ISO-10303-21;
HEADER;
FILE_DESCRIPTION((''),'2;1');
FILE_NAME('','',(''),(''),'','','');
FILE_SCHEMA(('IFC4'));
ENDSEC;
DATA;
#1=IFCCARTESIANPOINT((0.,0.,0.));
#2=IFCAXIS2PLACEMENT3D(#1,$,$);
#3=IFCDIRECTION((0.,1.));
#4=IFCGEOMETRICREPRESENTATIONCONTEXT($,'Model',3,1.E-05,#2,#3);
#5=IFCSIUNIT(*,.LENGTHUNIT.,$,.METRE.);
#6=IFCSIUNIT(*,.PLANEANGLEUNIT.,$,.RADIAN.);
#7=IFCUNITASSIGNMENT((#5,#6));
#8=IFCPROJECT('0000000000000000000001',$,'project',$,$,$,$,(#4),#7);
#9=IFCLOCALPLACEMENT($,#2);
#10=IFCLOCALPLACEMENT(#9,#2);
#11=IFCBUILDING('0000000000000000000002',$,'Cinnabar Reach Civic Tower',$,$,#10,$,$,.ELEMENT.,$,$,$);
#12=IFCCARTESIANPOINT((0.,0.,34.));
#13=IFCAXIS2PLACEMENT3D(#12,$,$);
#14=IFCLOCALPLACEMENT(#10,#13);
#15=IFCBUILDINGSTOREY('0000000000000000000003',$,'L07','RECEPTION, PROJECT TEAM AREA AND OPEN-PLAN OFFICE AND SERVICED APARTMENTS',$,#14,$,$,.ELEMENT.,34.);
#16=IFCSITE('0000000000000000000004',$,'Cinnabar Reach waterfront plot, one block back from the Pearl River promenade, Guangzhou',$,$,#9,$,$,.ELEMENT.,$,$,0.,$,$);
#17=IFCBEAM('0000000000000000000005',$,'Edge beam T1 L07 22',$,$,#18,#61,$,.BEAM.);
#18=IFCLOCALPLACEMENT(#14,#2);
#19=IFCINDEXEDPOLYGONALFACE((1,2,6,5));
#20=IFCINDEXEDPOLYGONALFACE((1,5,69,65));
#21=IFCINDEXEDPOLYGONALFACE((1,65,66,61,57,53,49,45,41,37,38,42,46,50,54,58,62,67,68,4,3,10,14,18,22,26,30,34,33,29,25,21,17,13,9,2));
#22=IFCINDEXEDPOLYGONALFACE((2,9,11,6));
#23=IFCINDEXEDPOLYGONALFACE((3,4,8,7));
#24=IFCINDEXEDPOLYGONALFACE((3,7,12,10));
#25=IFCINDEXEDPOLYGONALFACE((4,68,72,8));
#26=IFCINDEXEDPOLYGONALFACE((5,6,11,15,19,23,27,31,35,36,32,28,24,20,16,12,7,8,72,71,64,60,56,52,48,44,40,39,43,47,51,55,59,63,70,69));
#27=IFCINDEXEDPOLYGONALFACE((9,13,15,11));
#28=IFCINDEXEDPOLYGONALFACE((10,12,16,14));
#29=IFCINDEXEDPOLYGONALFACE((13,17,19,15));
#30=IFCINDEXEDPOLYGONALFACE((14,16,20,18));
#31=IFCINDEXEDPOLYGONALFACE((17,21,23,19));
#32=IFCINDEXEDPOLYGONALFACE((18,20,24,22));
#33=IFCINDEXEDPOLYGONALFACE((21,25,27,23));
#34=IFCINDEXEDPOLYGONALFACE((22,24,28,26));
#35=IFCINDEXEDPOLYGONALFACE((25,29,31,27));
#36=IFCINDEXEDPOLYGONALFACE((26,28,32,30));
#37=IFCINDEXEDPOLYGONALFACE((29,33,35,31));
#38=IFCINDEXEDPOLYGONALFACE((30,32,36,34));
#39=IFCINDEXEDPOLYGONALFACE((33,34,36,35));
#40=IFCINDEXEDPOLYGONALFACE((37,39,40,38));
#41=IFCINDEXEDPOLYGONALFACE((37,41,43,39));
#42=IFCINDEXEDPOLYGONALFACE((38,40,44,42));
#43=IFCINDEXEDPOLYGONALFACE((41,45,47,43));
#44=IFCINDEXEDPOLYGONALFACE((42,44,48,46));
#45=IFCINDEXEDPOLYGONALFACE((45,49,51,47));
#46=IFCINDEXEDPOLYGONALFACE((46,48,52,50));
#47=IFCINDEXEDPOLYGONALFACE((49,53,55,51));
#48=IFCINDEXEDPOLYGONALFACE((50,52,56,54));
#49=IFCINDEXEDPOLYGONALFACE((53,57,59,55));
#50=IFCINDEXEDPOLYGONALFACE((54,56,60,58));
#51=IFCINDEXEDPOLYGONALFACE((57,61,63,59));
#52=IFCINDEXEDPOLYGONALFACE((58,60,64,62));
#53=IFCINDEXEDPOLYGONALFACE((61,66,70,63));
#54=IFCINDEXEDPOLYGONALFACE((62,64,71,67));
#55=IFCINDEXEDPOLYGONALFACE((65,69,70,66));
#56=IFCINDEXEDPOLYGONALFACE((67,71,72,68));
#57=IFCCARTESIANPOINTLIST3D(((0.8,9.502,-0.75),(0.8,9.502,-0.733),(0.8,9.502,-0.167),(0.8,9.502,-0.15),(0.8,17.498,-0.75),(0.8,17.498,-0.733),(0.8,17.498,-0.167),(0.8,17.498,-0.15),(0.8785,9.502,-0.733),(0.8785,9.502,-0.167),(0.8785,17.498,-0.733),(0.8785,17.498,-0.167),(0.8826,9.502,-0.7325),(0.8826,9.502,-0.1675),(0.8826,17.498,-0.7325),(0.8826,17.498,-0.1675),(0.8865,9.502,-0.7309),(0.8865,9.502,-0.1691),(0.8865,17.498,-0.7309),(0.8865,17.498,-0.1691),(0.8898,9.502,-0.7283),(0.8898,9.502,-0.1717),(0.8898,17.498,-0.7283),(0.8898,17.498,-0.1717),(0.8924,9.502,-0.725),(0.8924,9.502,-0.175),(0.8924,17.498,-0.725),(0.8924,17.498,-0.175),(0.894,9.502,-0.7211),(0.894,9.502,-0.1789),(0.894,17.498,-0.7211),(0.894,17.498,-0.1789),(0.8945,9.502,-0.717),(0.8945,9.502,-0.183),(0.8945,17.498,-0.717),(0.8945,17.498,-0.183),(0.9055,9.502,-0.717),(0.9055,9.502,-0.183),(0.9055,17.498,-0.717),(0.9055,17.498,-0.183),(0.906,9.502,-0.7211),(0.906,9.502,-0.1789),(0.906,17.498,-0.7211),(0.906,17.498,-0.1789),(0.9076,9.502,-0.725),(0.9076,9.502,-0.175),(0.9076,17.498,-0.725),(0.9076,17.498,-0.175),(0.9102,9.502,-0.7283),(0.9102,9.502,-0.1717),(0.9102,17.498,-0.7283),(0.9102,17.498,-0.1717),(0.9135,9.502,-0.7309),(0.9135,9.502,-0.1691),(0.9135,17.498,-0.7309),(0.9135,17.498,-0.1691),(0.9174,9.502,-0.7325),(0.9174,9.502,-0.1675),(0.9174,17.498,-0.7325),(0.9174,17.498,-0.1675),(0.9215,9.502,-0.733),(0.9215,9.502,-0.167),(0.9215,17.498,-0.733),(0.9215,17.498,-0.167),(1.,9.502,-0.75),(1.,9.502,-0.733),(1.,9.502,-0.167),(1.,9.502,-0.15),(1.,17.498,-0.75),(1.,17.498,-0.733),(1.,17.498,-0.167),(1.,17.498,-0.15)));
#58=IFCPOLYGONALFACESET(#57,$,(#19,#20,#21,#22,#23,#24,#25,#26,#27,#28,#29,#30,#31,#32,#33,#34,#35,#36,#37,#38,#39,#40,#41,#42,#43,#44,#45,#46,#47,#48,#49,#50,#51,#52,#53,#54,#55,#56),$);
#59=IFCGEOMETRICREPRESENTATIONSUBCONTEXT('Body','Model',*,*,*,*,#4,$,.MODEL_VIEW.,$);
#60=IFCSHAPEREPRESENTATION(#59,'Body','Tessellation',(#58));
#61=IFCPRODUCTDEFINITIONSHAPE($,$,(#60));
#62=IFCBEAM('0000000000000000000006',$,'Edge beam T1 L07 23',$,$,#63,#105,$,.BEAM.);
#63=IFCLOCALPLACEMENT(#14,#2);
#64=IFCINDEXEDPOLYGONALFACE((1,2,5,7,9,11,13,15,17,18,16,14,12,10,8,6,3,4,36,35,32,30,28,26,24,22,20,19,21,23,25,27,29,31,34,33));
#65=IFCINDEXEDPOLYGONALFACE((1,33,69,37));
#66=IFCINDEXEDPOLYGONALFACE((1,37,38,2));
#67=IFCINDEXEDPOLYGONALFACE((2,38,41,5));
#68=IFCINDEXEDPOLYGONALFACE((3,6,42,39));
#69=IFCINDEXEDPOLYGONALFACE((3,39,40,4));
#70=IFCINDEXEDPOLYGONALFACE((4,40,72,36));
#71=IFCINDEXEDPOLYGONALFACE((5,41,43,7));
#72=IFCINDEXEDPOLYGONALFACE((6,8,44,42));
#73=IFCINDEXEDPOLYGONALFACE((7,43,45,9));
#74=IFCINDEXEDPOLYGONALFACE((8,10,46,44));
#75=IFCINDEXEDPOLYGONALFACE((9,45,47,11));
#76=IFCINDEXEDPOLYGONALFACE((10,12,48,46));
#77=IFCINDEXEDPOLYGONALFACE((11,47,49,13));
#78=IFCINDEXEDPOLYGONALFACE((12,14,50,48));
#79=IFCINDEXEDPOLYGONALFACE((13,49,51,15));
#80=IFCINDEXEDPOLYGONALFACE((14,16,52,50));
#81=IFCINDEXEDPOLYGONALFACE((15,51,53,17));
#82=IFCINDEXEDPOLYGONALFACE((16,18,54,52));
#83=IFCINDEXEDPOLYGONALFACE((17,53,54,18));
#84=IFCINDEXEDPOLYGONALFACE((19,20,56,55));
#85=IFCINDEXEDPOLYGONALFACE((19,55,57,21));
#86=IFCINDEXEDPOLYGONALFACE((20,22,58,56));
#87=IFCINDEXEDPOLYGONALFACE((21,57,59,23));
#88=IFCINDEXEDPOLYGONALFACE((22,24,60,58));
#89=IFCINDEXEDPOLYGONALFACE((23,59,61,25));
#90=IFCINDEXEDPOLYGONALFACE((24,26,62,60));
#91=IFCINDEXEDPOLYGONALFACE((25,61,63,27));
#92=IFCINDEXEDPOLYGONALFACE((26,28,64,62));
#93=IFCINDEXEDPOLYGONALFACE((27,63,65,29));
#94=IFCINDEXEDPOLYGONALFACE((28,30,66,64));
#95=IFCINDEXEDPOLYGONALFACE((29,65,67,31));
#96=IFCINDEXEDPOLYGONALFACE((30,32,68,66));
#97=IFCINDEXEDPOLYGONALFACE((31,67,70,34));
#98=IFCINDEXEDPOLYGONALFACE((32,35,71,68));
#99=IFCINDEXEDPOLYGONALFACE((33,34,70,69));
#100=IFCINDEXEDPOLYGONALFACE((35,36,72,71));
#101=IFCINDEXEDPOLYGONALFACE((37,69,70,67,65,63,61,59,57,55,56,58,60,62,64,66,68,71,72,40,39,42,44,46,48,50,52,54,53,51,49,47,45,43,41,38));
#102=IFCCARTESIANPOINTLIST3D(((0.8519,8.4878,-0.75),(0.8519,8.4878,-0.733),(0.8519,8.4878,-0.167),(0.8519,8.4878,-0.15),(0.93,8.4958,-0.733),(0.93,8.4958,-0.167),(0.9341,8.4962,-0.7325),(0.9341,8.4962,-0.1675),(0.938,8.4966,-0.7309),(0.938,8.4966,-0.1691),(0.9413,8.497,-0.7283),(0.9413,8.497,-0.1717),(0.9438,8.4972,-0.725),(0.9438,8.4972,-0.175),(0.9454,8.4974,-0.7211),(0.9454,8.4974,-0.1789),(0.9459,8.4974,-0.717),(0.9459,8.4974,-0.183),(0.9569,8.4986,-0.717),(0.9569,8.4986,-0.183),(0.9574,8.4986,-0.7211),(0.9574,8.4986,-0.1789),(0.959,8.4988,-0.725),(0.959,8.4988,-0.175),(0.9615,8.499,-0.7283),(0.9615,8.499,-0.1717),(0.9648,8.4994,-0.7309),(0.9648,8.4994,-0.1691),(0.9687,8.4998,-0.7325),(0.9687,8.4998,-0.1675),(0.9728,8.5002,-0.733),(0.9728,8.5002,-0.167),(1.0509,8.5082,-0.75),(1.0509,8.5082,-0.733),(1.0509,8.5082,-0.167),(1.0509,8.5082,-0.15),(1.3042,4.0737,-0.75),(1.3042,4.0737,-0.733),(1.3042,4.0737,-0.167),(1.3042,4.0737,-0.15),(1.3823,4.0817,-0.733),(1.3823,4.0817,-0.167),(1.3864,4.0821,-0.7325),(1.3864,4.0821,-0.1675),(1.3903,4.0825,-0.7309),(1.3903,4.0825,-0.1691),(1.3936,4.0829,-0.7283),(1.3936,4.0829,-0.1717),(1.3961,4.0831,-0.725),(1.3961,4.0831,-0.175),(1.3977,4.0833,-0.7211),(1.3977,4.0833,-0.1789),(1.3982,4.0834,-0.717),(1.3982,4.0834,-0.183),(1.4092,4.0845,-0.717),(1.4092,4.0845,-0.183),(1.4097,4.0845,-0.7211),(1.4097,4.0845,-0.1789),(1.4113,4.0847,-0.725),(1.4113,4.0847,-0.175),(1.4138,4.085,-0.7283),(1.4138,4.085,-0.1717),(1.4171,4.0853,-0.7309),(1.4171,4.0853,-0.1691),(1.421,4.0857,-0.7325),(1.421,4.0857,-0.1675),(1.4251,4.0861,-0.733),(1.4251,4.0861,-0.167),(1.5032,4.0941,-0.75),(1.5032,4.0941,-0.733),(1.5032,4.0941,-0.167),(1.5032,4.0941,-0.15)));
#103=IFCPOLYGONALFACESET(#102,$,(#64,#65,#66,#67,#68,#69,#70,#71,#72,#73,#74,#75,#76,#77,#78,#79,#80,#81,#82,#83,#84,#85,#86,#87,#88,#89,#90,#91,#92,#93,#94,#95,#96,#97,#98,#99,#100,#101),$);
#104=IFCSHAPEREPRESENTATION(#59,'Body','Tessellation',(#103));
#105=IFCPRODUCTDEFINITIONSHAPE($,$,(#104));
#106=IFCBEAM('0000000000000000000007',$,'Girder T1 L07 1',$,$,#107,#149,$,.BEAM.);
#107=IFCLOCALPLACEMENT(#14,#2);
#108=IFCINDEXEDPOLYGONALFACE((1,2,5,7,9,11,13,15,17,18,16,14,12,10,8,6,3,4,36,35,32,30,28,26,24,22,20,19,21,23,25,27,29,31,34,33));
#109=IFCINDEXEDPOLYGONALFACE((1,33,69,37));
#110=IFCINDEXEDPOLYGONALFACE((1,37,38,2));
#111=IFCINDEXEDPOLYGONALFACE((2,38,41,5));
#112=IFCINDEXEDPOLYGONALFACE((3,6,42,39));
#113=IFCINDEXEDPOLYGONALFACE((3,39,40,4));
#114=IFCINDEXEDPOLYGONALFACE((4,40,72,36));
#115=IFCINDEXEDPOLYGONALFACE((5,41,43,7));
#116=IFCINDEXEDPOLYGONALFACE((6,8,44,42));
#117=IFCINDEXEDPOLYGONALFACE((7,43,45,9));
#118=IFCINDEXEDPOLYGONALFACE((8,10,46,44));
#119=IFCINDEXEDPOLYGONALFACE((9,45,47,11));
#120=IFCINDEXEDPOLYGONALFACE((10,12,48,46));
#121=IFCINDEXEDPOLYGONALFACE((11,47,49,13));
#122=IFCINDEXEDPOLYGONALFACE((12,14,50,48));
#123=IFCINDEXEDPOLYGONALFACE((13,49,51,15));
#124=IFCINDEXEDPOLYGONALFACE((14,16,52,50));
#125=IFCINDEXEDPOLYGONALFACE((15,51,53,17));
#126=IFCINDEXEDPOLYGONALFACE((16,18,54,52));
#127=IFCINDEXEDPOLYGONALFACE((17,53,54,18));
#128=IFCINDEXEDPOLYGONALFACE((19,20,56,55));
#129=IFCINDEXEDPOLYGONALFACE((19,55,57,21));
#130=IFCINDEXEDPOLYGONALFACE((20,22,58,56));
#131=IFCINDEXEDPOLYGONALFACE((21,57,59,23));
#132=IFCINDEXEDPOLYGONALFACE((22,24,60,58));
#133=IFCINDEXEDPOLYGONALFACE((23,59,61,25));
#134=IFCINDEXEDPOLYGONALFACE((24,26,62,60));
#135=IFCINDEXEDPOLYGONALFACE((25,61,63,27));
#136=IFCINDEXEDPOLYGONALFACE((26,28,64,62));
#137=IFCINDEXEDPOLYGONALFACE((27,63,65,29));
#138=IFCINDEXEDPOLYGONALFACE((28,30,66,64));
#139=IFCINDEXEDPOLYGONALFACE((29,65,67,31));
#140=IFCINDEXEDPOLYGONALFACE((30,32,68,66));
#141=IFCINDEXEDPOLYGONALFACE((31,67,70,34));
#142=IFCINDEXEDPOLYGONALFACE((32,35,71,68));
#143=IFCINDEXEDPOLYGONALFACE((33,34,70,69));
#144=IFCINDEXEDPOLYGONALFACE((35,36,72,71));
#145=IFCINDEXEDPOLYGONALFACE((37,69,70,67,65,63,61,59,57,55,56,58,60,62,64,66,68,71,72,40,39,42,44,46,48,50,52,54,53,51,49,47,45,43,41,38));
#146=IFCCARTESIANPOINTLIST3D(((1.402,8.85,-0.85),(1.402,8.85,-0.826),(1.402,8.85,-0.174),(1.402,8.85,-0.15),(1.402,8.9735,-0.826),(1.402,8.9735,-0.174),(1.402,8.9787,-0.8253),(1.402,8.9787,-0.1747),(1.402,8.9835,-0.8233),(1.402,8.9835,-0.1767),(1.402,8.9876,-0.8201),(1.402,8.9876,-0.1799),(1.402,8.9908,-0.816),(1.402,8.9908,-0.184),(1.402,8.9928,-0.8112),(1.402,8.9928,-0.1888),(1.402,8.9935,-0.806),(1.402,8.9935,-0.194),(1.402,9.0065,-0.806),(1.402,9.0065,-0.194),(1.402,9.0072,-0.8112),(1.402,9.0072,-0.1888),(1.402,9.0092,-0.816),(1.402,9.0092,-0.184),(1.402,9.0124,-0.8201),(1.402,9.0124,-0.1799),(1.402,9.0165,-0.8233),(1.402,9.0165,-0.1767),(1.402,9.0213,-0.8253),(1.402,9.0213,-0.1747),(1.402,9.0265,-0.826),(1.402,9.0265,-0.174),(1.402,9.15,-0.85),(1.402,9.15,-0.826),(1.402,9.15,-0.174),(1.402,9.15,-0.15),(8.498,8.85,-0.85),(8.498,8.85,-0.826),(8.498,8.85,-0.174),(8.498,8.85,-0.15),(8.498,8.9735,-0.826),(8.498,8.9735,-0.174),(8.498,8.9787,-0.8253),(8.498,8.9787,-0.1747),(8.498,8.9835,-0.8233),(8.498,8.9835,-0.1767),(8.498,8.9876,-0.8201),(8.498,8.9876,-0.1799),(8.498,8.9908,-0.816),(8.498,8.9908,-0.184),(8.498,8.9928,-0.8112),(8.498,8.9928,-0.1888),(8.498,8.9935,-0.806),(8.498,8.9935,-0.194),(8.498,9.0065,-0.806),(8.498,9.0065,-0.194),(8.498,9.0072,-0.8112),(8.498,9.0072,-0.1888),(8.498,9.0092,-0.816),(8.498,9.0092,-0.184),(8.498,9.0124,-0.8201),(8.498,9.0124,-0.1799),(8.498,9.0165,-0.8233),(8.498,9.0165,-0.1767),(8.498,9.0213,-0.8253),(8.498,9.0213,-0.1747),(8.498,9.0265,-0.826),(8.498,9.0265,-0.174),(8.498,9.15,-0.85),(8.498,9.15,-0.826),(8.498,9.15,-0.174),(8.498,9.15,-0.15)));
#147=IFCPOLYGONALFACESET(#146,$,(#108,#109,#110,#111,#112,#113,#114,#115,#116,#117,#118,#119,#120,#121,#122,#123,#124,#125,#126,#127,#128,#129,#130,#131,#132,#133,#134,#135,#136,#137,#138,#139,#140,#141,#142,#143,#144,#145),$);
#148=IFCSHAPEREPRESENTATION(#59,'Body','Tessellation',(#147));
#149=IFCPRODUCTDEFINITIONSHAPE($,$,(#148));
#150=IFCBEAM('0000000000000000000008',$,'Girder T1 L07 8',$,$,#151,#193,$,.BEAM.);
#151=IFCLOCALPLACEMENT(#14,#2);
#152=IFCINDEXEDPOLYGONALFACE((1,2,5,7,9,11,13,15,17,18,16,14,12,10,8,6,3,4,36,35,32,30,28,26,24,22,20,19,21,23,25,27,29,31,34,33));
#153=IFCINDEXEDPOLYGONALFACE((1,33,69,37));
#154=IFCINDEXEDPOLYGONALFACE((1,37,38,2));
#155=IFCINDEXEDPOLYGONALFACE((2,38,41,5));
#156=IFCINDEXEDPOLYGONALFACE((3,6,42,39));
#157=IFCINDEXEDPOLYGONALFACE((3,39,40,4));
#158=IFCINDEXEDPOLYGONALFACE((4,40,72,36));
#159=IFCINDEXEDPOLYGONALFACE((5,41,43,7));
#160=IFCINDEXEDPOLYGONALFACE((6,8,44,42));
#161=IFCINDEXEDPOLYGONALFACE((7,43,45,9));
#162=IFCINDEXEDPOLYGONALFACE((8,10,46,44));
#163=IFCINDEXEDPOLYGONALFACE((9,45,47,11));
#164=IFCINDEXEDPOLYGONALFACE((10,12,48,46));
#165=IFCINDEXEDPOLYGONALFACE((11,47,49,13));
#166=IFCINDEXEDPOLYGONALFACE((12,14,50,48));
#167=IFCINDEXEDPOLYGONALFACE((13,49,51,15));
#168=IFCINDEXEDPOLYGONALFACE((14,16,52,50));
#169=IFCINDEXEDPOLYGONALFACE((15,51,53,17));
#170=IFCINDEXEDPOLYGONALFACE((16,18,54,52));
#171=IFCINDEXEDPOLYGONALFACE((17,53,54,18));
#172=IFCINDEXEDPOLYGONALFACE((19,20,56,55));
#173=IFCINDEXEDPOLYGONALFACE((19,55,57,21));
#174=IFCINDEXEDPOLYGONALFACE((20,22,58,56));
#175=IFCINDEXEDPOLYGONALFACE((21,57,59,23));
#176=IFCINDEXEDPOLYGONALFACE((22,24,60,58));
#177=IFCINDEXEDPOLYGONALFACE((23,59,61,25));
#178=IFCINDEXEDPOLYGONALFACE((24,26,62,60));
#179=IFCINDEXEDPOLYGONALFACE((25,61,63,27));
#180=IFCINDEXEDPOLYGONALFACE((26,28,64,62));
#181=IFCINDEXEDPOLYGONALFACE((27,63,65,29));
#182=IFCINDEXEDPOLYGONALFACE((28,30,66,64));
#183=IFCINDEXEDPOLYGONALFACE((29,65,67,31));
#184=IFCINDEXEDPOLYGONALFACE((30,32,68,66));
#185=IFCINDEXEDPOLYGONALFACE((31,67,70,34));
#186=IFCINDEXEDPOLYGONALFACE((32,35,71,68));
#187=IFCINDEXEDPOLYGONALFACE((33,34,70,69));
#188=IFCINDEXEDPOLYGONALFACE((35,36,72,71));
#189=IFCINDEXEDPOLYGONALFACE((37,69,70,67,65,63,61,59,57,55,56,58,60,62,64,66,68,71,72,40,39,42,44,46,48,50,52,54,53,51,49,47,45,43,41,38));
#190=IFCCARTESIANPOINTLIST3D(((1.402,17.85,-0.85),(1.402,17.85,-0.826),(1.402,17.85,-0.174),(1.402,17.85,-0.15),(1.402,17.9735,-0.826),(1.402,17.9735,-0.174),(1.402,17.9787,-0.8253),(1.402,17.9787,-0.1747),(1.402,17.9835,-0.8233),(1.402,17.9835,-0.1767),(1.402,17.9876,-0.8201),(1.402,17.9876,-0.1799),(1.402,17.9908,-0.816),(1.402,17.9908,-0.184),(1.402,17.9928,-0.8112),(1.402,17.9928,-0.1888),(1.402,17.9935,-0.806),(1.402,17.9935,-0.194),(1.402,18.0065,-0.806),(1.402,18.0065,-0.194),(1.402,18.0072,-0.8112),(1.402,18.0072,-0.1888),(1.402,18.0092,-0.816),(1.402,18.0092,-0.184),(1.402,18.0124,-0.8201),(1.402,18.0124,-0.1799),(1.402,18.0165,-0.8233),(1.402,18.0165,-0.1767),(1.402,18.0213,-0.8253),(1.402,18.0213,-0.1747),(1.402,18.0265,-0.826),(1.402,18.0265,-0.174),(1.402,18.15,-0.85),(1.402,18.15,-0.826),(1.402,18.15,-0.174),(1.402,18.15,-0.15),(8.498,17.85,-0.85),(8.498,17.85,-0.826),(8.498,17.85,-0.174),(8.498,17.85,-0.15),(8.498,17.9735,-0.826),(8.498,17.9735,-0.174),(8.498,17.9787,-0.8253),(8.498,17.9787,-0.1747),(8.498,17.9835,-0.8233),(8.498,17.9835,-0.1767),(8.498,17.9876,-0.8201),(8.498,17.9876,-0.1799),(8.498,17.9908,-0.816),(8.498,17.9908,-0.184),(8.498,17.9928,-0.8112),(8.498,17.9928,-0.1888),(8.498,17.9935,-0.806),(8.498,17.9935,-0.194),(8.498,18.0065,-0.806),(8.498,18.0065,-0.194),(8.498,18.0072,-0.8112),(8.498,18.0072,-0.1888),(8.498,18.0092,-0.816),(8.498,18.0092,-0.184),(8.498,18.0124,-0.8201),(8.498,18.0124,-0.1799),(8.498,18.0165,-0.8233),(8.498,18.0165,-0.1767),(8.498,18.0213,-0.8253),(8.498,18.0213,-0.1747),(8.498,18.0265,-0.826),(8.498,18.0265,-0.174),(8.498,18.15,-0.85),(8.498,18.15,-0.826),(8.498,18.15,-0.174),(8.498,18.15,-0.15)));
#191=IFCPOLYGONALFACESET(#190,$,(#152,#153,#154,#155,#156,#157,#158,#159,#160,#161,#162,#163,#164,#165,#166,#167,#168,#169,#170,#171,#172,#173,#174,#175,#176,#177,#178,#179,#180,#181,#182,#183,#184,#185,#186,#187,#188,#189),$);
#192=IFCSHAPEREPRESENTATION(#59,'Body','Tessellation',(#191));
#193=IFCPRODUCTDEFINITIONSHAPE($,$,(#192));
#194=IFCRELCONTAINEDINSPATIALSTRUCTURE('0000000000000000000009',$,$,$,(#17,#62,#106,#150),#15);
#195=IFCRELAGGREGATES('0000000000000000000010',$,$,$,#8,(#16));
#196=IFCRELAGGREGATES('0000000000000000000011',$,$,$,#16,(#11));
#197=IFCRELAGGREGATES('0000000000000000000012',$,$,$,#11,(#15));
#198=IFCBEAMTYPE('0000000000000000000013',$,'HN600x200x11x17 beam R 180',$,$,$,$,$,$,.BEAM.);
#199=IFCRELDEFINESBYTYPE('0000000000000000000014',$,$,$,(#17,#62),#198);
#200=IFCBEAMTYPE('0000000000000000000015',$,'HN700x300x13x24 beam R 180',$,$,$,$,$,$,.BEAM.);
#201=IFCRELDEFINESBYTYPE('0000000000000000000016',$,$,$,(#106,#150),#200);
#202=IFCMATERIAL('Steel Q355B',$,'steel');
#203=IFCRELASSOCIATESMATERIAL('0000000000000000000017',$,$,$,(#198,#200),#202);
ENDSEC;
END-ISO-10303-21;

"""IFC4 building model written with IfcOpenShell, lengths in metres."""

from ifc_helpers import new_model, si_unit, direction, frame, origin, origin_2d, place, context, subcontext, project, spatial, i_section, extrude, material, material_profile, profile_set, type_object, element, save


model = new_model("IFC4")

# Units and contexts
model_context = context("Model", 3, precision=1e-05, world=origin(), true_north=direction((0.0, 1.0)))
body_context = subcontext(model_context, "Body", "Model", "MODEL_VIEW")
ifc_project = project(units=[si_unit("LENGTHUNIT", "METRE"), si_unit("PLANEANGLEUNIT", "RADIAN")], contexts=[model_context])

# Site, building, storey
site_placement = place(None, origin())
site = spatial("IfcSite", under=ifc_project, at=site_placement, Name="Cinnabar Reach waterfront plot, one block back from the Pearl River promenade, Guangzhou", CompositionType="ELEMENT", RefElevation=0.0)
building_placement = place(site_placement, origin())
building = spatial("IfcBuilding", under=site, at=building_placement, Name="Cinnabar Reach Civic Tower", CompositionType="ELEMENT")
storey_placement = place(building_placement, frame((0.0, 0.0, 34.0)))
storey = spatial("IfcBuildingStorey", under=building, at=storey_placement, Name="L07", Description="RECEPTION, PROJECT TEAM AREA AND OPEN-PLAN OFFICE AND SERVICED APARTMENTS", CompositionType="ELEMENT", Elevation=34.0)

# Beams
ifc_material_1 = material(Name="Steel Q355B", Category="steel")
ifc_material_profile_1 = material_profile(ifc_material_1, i_section(OverallWidth=0.2, OverallDepth=0.6, WebThickness=0.011, FlangeThickness=0.017, FilletRadius=0.016, at=origin_2d()), Name="HN600x200x11x17")
ifc_profile_set_1 = profile_set([ifc_material_profile_1], Name="Steel Q355B")
beam_type_1 = type_object("IfcBeamType", Name="HN600x200x11x17 beam R 180", PredefinedType="BEAM", material=ifc_profile_set_1)
beam_1_placement = place(storey_placement, frame((0.9, 17.498, -0.45), z_axis=(0.0, -1.0, 0.0), x_axis=(1.0, 0.0, 0.0)))
element("IfcBeam", 1, at=beam_1_placement, inside=storey, type_object=beam_type_1, Name="Edge beam T1 L07 22", PredefinedType="BEAM", context=body_context, shape_type="SweptSolid", body=[
    extrude(i_section(OverallWidth=0.2, OverallDepth=0.6, WebThickness=0.011, FlangeThickness=0.017, FilletRadius=0.016, at=origin_2d()), origin(), (0.0, 0.0, 1.0), 7.996),
])
beam_2_placement = place(storey_placement, frame((0.9514, 8.498, -0.45), z_axis=(0.101933, -0.994791, 0.0), x_axis=(0.994791, 0.101933, 0.0)))
element("IfcBeam", 2, at=beam_2_placement, inside=storey, type_object=beam_type_1, Name="Edge beam T1 L07 23", PredefinedType="BEAM", context=body_context, shape_type="SweptSolid", body=[
    extrude(i_section(OverallWidth=0.2, OverallDepth=0.6, WebThickness=0.011, FlangeThickness=0.017, FilletRadius=0.016, at=origin_2d()), origin(), (0.0, 0.0, 1.0), 4.4372),
])
ifc_material_profile_2 = material_profile(ifc_material_1, i_section(OverallWidth=0.3, OverallDepth=0.7, WebThickness=0.013, FlangeThickness=0.024, FilletRadius=0.02, at=origin_2d()), Name="HN700x300x13x24")
ifc_profile_set_2 = profile_set([ifc_material_profile_2], Name="Steel Q355B")
beam_type_2 = type_object("IfcBeamType", Name="HN700x300x13x24 beam R 180", PredefinedType="BEAM", material=ifc_profile_set_2)
for number, where, z_axis, x_axis, name in (
    (3, (1.402, 9.0, -0.5), (1.0, 0.0, 0.0), (0.0, 1.0, 0.0), "Girder T1 L07 1"),
    (4, (1.402, 18.0, -0.5), (1.0, 0.0, 0.0), (0.0, 1.0, 0.0), "Girder T1 L07 8"),
):
    element("IfcBeam", number, at=place(storey_placement, frame(where, z_axis=z_axis, x_axis=x_axis)), inside=storey, type_object=beam_type_2, Name=name, PredefinedType="BEAM", context=body_context, shape_type="SweptSolid", body=[
        extrude(i_section(OverallWidth=0.3, OverallDepth=0.7, WebThickness=0.013, FlangeThickness=0.024, FilletRadius=0.02, at=origin_2d()), origin(), (0.0, 0.0, 1.0), 7.096),
    ])

save(model, "model.ifc")
